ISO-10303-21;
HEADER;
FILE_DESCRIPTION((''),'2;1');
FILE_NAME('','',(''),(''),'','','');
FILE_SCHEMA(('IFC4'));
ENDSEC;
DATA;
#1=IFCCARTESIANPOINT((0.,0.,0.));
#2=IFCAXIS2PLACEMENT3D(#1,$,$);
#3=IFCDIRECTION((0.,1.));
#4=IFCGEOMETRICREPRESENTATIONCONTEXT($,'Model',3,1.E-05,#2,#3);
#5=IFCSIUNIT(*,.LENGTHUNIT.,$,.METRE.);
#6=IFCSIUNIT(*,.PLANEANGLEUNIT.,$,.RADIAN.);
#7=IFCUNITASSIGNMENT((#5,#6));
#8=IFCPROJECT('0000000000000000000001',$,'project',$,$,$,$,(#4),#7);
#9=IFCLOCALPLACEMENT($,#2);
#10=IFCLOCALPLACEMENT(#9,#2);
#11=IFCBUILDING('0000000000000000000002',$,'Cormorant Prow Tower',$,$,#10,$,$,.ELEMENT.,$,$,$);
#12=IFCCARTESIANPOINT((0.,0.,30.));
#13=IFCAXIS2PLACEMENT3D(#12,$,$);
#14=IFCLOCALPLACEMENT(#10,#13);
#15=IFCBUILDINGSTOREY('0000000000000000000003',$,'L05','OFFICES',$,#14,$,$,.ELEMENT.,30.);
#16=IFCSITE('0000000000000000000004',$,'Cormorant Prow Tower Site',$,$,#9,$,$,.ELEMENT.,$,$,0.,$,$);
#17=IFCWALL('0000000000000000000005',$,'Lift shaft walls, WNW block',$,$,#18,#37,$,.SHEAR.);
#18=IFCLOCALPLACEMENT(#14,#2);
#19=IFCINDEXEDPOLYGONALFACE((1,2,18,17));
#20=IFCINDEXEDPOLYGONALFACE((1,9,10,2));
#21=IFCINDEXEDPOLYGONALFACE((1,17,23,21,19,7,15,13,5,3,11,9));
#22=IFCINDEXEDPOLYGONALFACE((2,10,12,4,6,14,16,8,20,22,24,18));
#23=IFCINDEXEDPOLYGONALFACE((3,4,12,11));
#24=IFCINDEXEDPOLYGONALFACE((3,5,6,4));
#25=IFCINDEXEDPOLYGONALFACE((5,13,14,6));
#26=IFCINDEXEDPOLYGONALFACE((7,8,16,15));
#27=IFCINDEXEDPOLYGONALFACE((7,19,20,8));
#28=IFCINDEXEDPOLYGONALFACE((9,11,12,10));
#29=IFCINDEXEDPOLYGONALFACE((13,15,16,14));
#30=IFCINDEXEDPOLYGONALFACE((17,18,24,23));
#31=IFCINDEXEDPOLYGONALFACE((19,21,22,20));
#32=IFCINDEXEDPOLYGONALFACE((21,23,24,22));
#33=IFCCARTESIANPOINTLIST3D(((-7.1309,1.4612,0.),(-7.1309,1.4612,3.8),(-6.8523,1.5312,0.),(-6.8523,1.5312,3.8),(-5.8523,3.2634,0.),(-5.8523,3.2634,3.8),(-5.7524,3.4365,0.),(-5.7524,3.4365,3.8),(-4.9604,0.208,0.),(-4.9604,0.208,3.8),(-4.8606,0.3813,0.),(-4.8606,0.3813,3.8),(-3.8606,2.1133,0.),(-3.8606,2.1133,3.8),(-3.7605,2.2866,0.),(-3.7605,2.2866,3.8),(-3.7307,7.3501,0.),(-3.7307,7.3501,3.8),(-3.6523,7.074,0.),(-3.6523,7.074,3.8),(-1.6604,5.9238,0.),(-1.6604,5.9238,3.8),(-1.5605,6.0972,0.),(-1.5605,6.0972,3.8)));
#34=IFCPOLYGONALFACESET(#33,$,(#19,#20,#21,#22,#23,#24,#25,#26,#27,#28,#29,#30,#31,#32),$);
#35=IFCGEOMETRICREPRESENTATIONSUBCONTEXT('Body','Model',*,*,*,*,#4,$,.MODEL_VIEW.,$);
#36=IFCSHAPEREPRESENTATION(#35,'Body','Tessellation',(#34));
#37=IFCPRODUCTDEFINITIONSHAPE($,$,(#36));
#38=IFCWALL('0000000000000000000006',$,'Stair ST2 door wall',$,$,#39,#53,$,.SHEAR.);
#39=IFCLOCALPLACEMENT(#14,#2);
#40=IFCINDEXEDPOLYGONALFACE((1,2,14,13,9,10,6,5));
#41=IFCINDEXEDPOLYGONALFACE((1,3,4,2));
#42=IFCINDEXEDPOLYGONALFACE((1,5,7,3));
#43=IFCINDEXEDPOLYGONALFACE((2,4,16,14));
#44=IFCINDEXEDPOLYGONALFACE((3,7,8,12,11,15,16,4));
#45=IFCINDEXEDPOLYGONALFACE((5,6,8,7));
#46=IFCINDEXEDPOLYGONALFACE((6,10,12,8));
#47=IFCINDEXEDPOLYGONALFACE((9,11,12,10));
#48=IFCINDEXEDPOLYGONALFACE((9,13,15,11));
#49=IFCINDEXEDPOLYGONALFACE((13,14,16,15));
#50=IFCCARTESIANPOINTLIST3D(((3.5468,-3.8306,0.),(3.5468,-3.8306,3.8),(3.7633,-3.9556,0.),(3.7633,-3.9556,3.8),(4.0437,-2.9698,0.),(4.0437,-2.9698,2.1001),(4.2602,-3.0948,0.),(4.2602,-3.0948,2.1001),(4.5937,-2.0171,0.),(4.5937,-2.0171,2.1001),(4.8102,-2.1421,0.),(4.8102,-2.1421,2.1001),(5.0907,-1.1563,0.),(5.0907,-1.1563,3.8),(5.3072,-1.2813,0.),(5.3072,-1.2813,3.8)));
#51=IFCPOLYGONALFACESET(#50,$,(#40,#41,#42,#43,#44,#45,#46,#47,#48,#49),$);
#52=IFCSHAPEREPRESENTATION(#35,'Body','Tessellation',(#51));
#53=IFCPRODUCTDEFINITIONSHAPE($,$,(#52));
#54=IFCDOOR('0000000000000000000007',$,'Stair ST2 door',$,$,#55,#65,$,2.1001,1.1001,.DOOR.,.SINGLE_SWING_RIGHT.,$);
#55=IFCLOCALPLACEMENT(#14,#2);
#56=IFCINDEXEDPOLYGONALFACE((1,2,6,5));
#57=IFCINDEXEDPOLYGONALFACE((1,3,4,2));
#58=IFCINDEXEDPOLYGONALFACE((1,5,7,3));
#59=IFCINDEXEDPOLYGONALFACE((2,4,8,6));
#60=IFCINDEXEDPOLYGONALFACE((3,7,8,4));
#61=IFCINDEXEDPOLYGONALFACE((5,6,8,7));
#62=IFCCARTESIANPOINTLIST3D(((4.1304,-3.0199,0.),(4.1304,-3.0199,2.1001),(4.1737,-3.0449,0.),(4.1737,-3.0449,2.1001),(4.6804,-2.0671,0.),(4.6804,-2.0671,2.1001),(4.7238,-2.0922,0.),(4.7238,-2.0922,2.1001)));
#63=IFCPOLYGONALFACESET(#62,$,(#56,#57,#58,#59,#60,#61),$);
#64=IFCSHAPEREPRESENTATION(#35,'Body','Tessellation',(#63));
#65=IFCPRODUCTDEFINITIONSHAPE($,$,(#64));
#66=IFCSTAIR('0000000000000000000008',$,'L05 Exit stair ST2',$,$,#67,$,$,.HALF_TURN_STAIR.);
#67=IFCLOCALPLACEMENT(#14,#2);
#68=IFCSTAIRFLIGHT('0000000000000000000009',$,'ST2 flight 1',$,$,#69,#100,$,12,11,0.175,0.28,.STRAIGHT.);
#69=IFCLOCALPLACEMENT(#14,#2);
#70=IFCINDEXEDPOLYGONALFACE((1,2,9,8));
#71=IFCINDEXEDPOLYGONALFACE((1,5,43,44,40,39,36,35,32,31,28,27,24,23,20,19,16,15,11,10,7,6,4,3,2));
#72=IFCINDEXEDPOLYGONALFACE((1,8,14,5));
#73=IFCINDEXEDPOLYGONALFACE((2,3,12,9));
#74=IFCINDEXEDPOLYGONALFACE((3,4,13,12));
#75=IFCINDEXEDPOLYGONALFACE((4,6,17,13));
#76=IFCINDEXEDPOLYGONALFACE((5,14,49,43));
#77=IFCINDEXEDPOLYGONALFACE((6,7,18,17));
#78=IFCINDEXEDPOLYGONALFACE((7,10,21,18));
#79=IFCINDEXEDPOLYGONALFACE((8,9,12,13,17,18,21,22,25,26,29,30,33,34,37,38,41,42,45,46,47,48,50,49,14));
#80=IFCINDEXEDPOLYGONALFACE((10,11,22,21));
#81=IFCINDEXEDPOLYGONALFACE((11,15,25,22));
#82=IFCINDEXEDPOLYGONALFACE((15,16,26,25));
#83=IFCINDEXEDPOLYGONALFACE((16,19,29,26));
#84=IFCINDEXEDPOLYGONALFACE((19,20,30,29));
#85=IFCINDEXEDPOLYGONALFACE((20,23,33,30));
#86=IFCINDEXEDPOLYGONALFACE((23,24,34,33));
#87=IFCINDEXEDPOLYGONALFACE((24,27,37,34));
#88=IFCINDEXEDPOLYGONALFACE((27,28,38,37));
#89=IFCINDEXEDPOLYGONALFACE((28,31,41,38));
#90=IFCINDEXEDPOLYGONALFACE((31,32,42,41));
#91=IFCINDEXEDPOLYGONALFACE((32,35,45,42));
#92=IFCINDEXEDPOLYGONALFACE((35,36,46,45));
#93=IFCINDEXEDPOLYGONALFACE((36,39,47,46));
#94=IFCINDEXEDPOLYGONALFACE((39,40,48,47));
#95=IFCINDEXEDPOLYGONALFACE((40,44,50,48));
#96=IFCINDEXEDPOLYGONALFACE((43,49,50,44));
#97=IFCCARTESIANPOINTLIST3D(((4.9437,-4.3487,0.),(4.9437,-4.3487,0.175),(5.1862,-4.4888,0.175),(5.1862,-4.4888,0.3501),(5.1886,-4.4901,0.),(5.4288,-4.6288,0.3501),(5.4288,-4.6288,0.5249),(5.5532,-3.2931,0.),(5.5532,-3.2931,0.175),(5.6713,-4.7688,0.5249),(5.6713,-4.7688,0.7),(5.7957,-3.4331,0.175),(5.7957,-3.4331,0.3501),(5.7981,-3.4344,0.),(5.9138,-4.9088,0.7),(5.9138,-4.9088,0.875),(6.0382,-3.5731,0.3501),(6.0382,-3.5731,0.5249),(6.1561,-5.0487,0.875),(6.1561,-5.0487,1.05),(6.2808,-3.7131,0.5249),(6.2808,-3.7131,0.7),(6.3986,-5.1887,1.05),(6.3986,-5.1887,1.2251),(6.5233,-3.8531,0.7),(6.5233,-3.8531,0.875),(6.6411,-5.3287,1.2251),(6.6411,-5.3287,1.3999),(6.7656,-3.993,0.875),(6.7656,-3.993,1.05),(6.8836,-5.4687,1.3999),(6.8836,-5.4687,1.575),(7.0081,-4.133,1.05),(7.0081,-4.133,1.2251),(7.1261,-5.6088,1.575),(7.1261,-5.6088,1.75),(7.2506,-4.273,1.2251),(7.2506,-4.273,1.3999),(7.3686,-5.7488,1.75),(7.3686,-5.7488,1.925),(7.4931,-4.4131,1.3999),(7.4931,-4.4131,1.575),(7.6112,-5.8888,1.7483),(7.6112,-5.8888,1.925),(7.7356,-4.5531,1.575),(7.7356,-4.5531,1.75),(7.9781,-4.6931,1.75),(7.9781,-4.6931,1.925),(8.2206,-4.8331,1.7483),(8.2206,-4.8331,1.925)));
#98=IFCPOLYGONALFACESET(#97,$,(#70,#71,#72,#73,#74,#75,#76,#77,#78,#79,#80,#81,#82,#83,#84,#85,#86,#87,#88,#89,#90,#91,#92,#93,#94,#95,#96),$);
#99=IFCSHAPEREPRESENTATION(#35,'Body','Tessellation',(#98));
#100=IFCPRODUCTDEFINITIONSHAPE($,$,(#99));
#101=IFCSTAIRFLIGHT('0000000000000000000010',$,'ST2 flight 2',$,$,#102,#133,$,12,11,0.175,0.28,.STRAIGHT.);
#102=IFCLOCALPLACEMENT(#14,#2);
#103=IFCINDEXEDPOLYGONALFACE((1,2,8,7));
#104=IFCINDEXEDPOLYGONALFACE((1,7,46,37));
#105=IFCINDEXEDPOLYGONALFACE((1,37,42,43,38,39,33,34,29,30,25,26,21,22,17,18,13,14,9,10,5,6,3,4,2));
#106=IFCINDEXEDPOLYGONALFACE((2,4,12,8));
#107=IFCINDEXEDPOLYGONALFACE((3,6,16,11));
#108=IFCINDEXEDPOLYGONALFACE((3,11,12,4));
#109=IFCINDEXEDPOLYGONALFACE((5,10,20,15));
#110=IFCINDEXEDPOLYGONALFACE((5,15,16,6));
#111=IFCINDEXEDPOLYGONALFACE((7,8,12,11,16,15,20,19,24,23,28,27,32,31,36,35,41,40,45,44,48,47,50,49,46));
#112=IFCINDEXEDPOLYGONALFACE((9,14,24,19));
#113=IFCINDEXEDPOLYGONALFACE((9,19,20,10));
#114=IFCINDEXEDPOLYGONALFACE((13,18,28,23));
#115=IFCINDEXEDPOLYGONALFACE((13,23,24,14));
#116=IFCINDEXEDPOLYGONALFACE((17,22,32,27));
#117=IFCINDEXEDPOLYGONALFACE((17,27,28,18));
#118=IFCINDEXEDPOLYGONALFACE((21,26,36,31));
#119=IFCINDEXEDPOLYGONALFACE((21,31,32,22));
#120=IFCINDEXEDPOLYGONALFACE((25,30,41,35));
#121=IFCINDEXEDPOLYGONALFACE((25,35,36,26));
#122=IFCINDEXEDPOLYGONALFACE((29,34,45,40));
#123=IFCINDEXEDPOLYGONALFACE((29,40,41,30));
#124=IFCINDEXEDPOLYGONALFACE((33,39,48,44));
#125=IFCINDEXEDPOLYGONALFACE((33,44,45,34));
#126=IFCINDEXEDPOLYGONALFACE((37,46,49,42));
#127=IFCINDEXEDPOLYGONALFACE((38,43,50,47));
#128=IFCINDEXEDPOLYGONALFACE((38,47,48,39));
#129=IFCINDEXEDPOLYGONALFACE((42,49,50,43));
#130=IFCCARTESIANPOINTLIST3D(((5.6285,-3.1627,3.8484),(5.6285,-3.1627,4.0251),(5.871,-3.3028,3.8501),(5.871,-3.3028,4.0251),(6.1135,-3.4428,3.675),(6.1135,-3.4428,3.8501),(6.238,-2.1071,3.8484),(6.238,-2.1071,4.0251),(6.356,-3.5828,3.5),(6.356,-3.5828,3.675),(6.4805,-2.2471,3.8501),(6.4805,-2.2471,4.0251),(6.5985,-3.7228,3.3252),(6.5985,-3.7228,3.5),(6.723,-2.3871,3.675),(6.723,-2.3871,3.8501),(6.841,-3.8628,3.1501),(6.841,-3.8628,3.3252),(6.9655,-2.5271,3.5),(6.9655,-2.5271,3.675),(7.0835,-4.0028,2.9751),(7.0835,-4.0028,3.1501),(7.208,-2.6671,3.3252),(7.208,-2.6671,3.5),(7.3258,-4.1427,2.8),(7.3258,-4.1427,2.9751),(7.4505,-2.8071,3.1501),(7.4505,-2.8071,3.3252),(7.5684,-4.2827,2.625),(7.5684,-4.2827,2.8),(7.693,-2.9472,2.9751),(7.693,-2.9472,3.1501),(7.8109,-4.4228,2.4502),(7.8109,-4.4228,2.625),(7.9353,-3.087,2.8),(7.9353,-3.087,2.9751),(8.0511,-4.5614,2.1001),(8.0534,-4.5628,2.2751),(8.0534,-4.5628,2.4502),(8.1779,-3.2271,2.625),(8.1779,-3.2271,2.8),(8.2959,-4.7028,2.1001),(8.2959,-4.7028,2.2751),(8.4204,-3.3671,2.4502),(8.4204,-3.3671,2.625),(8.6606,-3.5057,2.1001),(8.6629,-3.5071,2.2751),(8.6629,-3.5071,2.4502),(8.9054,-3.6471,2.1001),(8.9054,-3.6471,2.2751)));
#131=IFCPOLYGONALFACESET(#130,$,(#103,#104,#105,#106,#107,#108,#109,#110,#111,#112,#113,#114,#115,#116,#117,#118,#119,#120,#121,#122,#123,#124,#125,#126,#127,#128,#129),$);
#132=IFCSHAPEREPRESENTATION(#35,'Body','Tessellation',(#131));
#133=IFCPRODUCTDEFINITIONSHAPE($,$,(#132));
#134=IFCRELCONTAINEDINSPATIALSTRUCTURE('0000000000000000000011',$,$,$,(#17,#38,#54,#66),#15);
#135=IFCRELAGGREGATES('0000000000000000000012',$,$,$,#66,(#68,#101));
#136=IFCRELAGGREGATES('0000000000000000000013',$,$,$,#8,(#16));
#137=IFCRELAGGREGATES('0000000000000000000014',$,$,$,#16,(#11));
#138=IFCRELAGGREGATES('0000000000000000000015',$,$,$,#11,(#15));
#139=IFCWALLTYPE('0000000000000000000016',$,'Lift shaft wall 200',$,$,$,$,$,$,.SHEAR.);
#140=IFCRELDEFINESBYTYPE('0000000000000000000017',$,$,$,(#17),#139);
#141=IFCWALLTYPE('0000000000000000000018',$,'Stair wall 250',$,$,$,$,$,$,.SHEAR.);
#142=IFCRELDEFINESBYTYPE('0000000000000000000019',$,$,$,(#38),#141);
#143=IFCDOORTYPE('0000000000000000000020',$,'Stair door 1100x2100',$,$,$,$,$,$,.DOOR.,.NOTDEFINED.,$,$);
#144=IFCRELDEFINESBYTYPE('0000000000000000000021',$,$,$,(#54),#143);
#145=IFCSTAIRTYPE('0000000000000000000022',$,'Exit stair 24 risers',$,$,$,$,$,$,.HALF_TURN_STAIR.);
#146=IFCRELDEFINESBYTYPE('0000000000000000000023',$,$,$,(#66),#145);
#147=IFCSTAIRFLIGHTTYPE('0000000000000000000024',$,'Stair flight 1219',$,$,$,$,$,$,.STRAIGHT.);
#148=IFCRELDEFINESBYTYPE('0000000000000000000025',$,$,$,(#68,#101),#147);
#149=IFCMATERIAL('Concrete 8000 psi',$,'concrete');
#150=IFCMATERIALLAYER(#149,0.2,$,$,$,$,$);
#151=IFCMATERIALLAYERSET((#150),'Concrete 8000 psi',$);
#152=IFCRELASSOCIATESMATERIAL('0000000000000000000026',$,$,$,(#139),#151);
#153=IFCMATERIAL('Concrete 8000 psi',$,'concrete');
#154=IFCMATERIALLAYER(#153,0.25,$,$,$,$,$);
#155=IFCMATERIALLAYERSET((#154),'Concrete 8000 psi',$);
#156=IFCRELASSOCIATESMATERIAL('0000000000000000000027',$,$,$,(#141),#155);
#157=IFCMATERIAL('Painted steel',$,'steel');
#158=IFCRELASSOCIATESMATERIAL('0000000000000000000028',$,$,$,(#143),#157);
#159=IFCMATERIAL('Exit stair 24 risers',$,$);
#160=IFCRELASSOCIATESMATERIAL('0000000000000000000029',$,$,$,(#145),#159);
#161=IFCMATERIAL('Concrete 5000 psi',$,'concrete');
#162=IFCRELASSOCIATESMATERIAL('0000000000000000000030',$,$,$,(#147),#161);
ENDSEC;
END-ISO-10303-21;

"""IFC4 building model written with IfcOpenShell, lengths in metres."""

from ifc_helpers import new_model, si_unit, direction, frame, frame_2d, origin, place, context, subcontext, project, spatial, polyline, rectangle, outline, extrude, material, layer, layer_set, type_object, element, fill, aggregate, save


model = new_model("IFC4")

# Units and contexts
model_context = context("Model", 3, precision=1e-05, world=origin(), true_north=direction((0.0, 1.0)))
body_context = subcontext(model_context, "Body", "Model", "MODEL_VIEW")
ifc_project = project(units=[si_unit("LENGTHUNIT", "METRE"), si_unit("PLANEANGLEUNIT", "RADIAN")], contexts=[model_context])

# Site, building, storey
site_placement = place(None, origin())
site = spatial("IfcSite", under=ifc_project, at=site_placement, Name="Cormorant Prow Tower Site", CompositionType="ELEMENT", RefElevation=0.0)
building_placement = place(site_placement, origin())
building = spatial("IfcBuilding", under=site, at=building_placement, Name="Cormorant Prow Tower", CompositionType="ELEMENT")
storey_placement = place(building_placement, frame((0.0, 0.0, 30.0)))
storey = spatial("IfcBuildingStorey", under=building, at=storey_placement, Name="L05", Description="OFFICES", CompositionType="ELEMENT", Elevation=30.0)

# Wall
ifc_material_1 = material(Name="Concrete 8000 psi", Category="concrete")
ifc_layer_1 = layer(ifc_material_1, 0.2)
ifc_layer_set_1 = layer_set([ifc_layer_1], Name="Concrete 8000 psi")
wall_type_1 = type_object("IfcWallType", Name="Lift shaft wall 200", PredefinedType="SHEAR", material=ifc_layer_set_1)
wall_1_placement = place(storey_placement, origin())
element("IfcWall", 1, at=wall_1_placement, inside=storey, type_object=wall_type_1, Name="Lift shaft walls, WNW block", PredefinedType="SHEAR", context=body_context, shape_type="SweptSolid", body=[
    extrude(outline(polyline([(-4.9604, 0.208), (-7.1309, 1.4612), (-3.7307, 7.3501), (-1.5605, 6.0972), (-1.6604, 5.9238), (-3.6523, 7.074), (-5.7524, 3.4365), (-3.7605, 2.2866), (-3.8606, 2.1133), (-5.8523, 3.2634), (-6.8523, 1.5312), (-4.8606, 0.3813), (-4.9604, 0.208)])), origin(), (0.0, 0.0, 1.0), 3.8),
])

# Wall, opening, door
ifc_material_2 = material(Name="Concrete 8000 psi", Category="concrete")
ifc_layer_2 = layer(ifc_material_2, 0.25)
ifc_layer_set_2 = layer_set([ifc_layer_2], Name="Concrete 8000 psi")
wall_type_2 = type_object("IfcWallType", Name="Stair wall 250", PredefinedType="SHEAR", material=ifc_layer_set_2)
wall_2_placement = place(storey_placement, frame((3.655, -3.8931, 0.0), z_axis=(0.0, 0.0, 1.0), x_axis=(0.499983, 0.866035, 0.0)))
wall_2 = element("IfcWall", 2, at=wall_2_placement, inside=storey, type_object=wall_type_2, Name="Stair ST2 door wall", PredefinedType="SHEAR", context=body_context, shape_type="SweptSolid", body=[
    extrude(rectangle(XDim=3.0879, YDim=0.25, at=frame_2d((1.5439, 0.0))), origin(), (0.0, 0.0, 1.0), 3.8),
])
opening_1_placement = place(wall_2_placement, frame((0.9939, 0.0, 0.0)))
opening_1 = element("IfcOpeningElement", 3, at=opening_1_placement, cuts=wall_2, PredefinedType="OPENING", context=body_context, shape_type="SweptSolid", body=[
    extrude(rectangle(XDim=1.1001, YDim=2.1001, at=frame_2d((0.55, 1.05))), frame((0.0, 0.135, 0.0), z_axis=(0.0, -1.0, 0.0), x_axis=(1.0, 0.0, 0.0)), (0.0, 0.0, 1.0), 0.27),
])
ifc_material_3 = material(Name="Painted steel", Category="steel")
door_type_1 = type_object("IfcDoorType", Name="Stair door 1100x2100", OperationType="NOTDEFINED", PredefinedType="DOOR", material=ifc_material_3)
door_1_placement = place(opening_1_placement, origin())
door_1 = element("IfcDoor", 4, at=door_1_placement, inside=storey, type_object=door_type_1, Name="Stair ST2 door", OperationType="SINGLE_SWING_RIGHT", OverallHeight=2.1001, OverallWidth=1.1001, PredefinedType="DOOR", context=body_context, shape_type="SweptSolid", body=[
    extrude(rectangle(XDim=1.1001, YDim=2.1001, at=frame_2d((0.55, 1.05))), frame((0.0, 0.0249, 0.0), z_axis=(0.0, -1.0, 0.0), x_axis=(1.0, 0.0, 0.0)), (0.0, 0.0, 1.0), 0.05),
])
fill(opening_1, door_1)

# Stair, stair flights
ifc_material_4 = material(Name="Exit stair 24 risers")
stair_type = type_object("IfcStairType", Name="Exit stair 24 risers", PredefinedType="HALF_TURN_STAIR", material=ifc_material_4)
stair_placement = place(storey_placement, origin())
stair = element("IfcStair", 5, at=stair_placement, inside=storey, type_object=stair_type, Name="L05 Exit stair ST2", PredefinedType="HALF_TURN_STAIR")
ifc_material_5 = material(Name="Concrete 5000 psi", Category="concrete")
stair_flight_type = type_object("IfcStairFlightType", Name="Stair flight 1219", PredefinedType="STRAIGHT", material=ifc_material_5)
stair_flight_1_placement = place(storey_placement, frame((5.2485, -3.8208, 0.0), z_axis=(0.0, 0.0, 1.0), x_axis=(0.866025, -0.5, 0.0)))
stair_flight_1 = element("IfcStairFlight", 6, at=stair_flight_1_placement, type_object=stair_flight_type, Name="ST2 flight 1", NumberOfRisers=12, NumberOfTreads=11, PredefinedType="STRAIGHT", RiserHeight=0.175, TreadLength=0.28, context=body_context, shape_type="SweptSolid", body=[
    extrude(outline(polyline([(0.0, 0.0), (0.0, 0.175), (0.28, 0.175), (0.28, 0.3501), (0.5601, 0.3501), (0.5601, 0.5249), (0.8401, 0.5249), (0.8401, 0.7), (1.1201, 0.7), (1.1201, 0.875), (1.3999, 0.875), (1.3999, 1.05), (1.6799, 1.05), (1.6799, 1.2251), (1.96, 1.2251), (1.96, 1.3999), (2.24, 1.3999), (2.24, 1.575), (2.52, 1.575), (2.52, 1.75), (2.8, 1.75), (2.8, 1.925), (3.0801, 1.925), (3.0801, 2.1001), (3.0801, 1.7483), (0.2827, 0.0), (0.0, 0.0)])), frame((0.0, 0.6094, 0.0), z_axis=(0.0, -1.0, 0.0), x_axis=(1.0, 0.0, 0.0)), (0.0, 0.0, 1.0), 1.219),
])
stair_flight_2_placement = place(storey_placement, frame((8.6006, -4.175, 2.1001), z_axis=(0.0, 0.0, 1.0), x_axis=(-0.866025, 0.5, 0.0)))
stair_flight_2 = element("IfcStairFlight", 7, at=stair_flight_2_placement, type_object=stair_flight_type, Name="ST2 flight 2", NumberOfRisers=12, NumberOfTreads=11, PredefinedType="STRAIGHT", RiserHeight=0.175, TreadLength=0.28, context=body_context, shape_type="SweptSolid", body=[
    extrude(outline(polyline([(0.0, 0.0), (0.0, 0.175), (0.28, 0.175), (0.28, 0.3501), (0.5601, 0.3501), (0.5601, 0.5249), (0.8401, 0.5249), (0.8401, 0.7), (1.1201, 0.7), (1.1201, 0.875), (1.3999, 0.875), (1.3999, 1.05), (1.6799, 1.05), (1.6799, 1.2251), (1.96, 1.2251), (1.96, 1.3999), (2.24, 1.3999), (2.24, 1.575), (2.52, 1.575), (2.52, 1.75), (2.8, 1.75), (2.8, 1.925), (3.0801, 1.925), (3.0801, 2.1001), (3.0801, 1.7483), (0.2827, 0.0), (0.0, 0.0)])), frame((0.0, 0.6094, 0.0), z_axis=(0.0, -1.0, 0.0), x_axis=(1.0, 0.0, 0.0)), (0.0, 0.0, 1.0), 1.219),
])
aggregate(stair, [stair_flight_1, stair_flight_2])

save(model, "model.ifc")
